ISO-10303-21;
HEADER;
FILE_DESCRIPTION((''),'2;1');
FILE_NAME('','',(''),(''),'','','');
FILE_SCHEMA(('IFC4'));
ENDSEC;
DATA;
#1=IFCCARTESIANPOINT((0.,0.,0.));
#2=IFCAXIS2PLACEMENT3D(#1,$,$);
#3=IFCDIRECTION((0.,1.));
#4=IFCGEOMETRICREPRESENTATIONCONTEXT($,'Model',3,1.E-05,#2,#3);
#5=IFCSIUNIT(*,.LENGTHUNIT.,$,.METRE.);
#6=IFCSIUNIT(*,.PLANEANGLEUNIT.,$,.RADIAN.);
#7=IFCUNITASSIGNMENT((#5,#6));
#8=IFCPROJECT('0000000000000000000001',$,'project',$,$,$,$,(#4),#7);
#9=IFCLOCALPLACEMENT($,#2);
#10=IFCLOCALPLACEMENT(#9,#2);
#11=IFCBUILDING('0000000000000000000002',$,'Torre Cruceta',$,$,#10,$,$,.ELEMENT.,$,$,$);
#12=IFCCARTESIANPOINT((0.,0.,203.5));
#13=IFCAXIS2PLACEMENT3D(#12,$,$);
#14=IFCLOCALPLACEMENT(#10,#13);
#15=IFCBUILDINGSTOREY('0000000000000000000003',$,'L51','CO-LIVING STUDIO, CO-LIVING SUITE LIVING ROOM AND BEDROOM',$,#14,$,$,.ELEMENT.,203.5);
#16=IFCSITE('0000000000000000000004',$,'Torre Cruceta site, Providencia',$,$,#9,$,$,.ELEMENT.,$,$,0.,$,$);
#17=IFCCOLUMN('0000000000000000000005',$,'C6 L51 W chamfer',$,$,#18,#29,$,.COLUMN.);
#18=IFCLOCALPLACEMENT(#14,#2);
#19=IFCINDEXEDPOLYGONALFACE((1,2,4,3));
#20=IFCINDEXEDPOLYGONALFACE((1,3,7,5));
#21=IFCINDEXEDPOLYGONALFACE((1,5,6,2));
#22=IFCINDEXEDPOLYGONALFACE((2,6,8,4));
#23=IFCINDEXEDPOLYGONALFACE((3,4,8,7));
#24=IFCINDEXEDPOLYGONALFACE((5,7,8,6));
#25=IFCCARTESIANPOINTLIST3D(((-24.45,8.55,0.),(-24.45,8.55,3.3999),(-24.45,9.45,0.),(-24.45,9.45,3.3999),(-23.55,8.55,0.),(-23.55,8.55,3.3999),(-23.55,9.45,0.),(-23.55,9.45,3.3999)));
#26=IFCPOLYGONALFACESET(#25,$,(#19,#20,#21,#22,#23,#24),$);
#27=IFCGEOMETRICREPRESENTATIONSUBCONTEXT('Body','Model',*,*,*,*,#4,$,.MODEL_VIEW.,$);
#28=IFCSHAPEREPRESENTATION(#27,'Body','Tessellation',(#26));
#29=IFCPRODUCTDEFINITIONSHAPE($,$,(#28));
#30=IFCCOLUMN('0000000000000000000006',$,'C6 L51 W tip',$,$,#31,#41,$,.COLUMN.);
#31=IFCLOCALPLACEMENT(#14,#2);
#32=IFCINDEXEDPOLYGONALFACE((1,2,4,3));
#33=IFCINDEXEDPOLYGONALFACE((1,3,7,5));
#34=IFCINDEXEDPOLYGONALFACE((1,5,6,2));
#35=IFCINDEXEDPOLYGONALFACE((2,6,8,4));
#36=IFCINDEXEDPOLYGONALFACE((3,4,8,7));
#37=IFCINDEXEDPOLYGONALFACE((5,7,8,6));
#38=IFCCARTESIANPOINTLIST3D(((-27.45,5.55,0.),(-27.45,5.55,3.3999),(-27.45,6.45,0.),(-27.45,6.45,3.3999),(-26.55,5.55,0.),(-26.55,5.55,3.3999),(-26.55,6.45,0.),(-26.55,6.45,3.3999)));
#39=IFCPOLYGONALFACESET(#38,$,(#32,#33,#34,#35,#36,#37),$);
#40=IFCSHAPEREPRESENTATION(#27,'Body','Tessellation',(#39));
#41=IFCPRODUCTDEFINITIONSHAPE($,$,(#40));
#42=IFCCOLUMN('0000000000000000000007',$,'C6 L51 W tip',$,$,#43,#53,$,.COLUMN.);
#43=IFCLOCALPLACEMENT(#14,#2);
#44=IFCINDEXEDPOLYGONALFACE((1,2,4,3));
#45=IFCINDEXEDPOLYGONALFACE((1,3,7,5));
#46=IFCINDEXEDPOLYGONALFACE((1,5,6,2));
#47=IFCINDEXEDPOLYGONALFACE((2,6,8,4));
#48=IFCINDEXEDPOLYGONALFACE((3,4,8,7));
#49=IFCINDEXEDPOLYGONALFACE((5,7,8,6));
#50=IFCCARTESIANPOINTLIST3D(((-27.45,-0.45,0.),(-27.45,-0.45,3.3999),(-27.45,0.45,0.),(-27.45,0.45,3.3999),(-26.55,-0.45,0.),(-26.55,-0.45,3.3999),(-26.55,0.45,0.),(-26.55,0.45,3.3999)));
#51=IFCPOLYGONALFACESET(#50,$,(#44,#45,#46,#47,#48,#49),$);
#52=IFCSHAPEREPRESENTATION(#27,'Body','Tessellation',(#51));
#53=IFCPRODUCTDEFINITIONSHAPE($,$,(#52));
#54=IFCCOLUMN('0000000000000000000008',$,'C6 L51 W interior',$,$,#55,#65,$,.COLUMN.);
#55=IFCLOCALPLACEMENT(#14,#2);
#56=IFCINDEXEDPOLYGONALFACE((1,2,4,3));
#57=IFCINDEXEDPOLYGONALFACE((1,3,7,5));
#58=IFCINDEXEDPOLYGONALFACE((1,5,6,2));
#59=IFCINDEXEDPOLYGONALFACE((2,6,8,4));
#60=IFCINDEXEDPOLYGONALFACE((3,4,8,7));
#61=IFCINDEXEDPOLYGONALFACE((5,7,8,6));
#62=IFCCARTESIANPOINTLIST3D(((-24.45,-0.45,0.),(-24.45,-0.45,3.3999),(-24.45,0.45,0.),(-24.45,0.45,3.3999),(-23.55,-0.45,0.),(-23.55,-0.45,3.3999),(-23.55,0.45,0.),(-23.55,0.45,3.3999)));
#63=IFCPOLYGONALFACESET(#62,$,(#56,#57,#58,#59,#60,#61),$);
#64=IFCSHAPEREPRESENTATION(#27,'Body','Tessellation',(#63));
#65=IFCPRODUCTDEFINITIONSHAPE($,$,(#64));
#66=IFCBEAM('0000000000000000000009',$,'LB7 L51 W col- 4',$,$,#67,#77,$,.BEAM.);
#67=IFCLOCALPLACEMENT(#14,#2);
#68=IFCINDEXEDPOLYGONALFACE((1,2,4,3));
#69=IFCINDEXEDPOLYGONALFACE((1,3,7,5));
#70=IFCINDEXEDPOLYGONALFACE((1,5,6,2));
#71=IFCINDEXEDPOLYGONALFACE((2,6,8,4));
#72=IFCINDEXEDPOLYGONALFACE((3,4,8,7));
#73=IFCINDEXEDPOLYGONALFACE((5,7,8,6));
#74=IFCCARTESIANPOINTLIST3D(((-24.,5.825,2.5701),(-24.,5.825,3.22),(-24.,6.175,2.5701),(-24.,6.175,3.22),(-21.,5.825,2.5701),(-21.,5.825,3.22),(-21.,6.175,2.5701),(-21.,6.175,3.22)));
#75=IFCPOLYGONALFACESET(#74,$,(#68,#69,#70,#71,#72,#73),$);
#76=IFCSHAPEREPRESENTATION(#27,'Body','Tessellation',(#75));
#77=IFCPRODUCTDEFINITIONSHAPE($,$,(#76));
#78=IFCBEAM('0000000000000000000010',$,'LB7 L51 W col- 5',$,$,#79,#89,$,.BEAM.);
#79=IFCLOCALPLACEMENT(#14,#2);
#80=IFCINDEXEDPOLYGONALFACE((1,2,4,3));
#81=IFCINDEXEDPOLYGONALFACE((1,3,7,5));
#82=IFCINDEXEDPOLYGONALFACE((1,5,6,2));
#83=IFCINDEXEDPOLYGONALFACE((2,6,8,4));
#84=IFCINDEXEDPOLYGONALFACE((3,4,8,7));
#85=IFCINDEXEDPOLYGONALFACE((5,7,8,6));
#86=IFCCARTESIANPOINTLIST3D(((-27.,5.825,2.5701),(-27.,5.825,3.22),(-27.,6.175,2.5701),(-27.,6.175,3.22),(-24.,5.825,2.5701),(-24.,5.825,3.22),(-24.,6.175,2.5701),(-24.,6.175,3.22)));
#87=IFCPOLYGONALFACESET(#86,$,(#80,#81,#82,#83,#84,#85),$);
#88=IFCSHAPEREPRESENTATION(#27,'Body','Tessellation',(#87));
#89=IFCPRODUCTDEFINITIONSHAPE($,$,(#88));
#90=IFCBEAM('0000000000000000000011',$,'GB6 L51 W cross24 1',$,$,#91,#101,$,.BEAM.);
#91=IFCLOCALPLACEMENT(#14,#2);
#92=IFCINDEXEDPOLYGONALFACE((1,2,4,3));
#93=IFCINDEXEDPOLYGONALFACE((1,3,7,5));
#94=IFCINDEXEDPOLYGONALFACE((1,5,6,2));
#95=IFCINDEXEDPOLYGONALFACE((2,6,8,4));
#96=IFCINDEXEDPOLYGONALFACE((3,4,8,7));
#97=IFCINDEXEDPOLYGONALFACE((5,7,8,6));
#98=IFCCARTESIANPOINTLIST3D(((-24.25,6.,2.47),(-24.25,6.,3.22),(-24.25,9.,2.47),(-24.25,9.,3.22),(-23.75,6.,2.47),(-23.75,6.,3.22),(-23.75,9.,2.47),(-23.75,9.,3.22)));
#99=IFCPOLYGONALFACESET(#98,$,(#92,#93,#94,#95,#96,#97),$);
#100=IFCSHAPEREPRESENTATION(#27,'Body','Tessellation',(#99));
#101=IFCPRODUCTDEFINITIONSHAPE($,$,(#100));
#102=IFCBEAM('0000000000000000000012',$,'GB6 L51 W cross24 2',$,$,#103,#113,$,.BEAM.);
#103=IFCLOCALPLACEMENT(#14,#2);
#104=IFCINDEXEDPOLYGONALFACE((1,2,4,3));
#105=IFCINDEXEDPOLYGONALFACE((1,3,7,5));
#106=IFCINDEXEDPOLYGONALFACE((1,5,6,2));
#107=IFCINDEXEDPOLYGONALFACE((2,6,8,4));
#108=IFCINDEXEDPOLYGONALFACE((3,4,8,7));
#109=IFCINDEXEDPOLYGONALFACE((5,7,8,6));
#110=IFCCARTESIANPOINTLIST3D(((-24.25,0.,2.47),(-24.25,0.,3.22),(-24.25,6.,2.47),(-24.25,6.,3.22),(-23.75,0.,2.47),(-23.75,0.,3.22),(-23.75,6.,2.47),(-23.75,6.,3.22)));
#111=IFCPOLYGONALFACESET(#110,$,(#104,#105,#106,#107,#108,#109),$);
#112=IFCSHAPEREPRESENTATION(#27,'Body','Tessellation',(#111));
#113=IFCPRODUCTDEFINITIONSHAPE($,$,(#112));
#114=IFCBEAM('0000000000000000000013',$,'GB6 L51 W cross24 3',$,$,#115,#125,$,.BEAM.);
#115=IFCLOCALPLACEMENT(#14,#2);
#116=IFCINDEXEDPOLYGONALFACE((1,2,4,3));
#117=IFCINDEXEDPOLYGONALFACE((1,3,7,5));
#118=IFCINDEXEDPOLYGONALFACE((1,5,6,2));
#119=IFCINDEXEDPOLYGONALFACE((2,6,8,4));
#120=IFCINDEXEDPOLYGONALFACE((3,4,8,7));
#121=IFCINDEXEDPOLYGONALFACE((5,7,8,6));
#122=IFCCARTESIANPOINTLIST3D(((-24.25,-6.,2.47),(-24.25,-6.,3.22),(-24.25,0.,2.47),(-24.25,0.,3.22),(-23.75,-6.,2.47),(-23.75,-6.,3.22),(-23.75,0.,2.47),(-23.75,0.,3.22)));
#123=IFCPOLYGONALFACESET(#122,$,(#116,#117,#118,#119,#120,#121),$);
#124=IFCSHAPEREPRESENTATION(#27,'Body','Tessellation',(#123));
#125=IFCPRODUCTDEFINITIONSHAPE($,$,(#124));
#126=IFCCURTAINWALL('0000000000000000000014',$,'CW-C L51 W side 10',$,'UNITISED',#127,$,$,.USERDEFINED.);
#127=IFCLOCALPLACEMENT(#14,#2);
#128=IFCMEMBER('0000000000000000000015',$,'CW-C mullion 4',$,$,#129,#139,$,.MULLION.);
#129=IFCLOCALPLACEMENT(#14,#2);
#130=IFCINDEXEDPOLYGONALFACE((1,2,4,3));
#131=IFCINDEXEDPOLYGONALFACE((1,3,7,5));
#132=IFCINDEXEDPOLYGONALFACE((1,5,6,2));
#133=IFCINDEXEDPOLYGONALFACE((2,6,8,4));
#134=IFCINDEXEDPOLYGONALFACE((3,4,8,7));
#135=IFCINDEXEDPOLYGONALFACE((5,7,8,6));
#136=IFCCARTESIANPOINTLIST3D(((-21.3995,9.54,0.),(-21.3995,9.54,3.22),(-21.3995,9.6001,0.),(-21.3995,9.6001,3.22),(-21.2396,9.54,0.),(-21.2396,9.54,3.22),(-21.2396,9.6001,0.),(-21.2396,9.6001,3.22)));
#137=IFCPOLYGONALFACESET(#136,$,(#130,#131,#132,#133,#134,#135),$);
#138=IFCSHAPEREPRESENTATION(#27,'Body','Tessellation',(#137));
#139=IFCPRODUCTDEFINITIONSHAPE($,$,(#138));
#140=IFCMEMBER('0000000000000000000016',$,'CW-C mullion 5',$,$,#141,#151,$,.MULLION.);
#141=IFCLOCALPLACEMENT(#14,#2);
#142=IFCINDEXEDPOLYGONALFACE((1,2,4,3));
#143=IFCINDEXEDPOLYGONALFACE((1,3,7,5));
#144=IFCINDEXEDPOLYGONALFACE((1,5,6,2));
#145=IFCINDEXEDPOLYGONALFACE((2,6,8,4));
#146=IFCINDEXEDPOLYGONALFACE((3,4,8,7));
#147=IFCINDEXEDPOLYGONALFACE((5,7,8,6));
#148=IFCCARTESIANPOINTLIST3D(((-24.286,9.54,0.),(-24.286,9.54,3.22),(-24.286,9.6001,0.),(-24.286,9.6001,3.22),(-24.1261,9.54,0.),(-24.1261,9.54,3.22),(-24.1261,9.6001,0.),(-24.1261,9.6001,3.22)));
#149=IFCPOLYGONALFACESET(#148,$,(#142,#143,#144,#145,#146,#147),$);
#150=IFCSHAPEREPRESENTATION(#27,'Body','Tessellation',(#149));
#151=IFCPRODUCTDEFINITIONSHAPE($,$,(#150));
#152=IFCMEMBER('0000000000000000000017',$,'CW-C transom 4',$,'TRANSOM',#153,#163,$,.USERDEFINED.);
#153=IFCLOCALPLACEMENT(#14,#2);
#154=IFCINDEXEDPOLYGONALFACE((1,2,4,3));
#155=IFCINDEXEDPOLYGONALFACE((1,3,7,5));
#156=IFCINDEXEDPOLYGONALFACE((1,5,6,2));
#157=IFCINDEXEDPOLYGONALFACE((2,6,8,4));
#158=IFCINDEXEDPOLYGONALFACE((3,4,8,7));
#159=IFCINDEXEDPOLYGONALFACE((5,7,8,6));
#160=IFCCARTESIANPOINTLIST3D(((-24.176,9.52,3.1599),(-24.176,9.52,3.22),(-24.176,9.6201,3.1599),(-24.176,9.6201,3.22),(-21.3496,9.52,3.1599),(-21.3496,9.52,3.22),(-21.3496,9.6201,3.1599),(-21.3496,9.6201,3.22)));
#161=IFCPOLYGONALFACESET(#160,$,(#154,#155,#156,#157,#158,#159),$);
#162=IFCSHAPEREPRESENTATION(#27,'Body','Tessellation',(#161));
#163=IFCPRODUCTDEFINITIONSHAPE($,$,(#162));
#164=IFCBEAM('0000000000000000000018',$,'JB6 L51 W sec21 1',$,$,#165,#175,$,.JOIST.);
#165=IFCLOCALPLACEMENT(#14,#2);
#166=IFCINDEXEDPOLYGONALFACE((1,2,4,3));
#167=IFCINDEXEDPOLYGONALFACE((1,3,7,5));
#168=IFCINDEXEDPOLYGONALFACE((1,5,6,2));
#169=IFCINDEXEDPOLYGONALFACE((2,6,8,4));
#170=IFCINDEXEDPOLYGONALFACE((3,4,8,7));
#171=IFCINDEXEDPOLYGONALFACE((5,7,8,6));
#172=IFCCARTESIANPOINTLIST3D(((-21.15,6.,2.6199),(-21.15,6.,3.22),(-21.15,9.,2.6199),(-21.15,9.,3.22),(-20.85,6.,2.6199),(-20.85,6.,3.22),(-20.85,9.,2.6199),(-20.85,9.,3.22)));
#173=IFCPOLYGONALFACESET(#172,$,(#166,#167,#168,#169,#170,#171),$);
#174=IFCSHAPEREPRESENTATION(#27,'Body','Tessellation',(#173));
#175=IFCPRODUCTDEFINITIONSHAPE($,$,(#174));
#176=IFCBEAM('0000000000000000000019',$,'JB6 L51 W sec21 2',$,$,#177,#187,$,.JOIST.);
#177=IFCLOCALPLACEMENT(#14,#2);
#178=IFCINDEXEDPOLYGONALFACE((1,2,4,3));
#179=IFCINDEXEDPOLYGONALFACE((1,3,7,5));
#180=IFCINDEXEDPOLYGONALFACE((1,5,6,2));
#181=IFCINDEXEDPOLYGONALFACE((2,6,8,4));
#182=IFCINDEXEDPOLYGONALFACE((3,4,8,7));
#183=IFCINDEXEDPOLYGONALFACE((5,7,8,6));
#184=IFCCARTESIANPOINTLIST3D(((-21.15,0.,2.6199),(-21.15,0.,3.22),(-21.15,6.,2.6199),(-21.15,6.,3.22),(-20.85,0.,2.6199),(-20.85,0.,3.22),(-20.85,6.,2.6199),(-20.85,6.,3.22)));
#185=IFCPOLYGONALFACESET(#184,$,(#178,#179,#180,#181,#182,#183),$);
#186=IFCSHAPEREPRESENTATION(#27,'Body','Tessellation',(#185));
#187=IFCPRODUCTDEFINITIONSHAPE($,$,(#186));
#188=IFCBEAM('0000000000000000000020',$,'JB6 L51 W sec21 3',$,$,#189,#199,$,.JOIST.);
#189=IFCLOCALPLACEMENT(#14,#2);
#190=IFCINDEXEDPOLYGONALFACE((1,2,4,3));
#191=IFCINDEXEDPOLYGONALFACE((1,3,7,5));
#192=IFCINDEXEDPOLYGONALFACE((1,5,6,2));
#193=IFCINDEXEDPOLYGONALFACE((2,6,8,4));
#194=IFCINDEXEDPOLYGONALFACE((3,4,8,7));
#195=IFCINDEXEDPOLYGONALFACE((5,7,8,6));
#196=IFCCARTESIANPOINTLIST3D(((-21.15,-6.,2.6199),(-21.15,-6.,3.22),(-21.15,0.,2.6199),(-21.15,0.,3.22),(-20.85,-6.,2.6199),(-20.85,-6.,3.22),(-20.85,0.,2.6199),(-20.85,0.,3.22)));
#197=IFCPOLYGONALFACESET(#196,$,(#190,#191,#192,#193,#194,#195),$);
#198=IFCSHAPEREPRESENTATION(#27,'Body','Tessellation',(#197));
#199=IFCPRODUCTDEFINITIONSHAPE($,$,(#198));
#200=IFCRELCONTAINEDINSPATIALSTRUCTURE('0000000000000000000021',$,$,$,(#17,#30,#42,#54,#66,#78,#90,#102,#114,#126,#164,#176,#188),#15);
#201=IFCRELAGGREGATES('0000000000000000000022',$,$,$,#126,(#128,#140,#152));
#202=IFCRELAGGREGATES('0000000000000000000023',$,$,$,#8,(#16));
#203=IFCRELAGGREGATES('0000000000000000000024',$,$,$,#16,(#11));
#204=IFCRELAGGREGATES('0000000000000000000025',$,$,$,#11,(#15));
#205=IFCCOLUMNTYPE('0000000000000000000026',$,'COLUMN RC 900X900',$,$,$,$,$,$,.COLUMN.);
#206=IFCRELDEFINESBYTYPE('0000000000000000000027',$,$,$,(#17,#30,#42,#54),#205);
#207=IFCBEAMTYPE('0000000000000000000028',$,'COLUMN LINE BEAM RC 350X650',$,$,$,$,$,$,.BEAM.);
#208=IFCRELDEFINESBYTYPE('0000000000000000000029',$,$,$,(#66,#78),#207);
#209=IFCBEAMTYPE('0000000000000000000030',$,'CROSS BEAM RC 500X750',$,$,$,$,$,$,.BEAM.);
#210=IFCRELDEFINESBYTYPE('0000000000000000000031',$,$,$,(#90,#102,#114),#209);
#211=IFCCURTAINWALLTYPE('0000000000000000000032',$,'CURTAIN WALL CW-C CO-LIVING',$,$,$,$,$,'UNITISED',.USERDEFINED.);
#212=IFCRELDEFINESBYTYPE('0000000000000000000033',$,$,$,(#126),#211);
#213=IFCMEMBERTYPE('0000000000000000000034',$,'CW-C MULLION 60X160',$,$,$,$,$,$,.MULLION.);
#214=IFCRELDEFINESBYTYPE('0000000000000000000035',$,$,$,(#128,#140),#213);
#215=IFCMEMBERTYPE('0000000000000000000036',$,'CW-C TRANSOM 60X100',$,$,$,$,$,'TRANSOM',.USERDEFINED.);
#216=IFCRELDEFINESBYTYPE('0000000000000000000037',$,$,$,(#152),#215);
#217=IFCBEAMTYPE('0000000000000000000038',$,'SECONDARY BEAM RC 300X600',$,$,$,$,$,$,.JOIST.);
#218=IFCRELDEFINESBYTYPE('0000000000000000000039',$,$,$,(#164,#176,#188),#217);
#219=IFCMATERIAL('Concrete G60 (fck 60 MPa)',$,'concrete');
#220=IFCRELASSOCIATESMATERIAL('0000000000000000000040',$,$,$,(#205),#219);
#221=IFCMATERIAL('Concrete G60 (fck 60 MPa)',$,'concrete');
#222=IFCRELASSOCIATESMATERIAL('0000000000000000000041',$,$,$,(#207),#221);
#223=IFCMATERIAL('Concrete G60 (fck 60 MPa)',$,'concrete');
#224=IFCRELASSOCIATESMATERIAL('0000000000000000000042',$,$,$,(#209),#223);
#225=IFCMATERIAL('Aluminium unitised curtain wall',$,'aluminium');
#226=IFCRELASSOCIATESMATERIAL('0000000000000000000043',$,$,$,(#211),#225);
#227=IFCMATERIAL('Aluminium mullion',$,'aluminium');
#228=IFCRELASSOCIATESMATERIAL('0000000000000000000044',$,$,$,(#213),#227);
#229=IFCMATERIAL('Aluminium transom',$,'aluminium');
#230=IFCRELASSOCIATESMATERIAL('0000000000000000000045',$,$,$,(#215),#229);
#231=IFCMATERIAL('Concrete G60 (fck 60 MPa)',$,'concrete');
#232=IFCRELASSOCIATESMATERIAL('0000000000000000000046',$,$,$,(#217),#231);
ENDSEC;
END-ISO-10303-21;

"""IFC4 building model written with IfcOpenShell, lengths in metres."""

from ifc_helpers import new_model, si_unit, direction, frame, origin, origin_2d, place, context, subcontext, project, spatial, rectangle, extrude, material, material_profile, profile_set, type_object, element, aggregate, save


model = new_model("IFC4")

# Units and contexts
model_context = context("Model", 3, precision=1e-05, world=origin(), true_north=direction((0.0, 1.0)))
body_context = subcontext(model_context, "Body", "Model", "MODEL_VIEW")
ifc_project = project(units=[si_unit("LENGTHUNIT", "METRE"), si_unit("PLANEANGLEUNIT", "RADIAN")], contexts=[model_context])

# Site, building, storey
site_placement = place(None, origin())
site = spatial("IfcSite", under=ifc_project, at=site_placement, Name="Torre Cruceta site, Providencia", CompositionType="ELEMENT", RefElevation=0.0)
building_placement = place(site_placement, origin())
building = spatial("IfcBuilding", under=site, at=building_placement, Name="Torre Cruceta", CompositionType="ELEMENT")
storey_placement = place(building_placement, frame((0.0, 0.0, 203.5)))
storey = spatial("IfcBuildingStorey", under=building, at=storey_placement, Name="L51", Description="CO-LIVING STUDIO, CO-LIVING SUITE LIVING ROOM AND BEDROOM", CompositionType="ELEMENT", Elevation=203.5)

# Columns
ifc_material_1 = material(Name="Concrete G60 (fck 60 MPa)", Category="concrete")
ifc_material_profile_1 = material_profile(ifc_material_1, rectangle(XDim=0.8999, YDim=0.8999, at=origin_2d()), Name="RC 900X900")
ifc_profile_set_1 = profile_set([ifc_material_profile_1], Name="Concrete G60 (fck 60 MPa)")
column_type = type_object("IfcColumnType", Name="COLUMN RC 900X900", PredefinedType="COLUMN", material=ifc_profile_set_1)
for number, where, z_axis, x_axis, name in (
    (1, (-24.0, 9.0, 0.0), (0.0, 0.0, 1.0), (1.0, 0.0, 0.0), "C6 L51 W chamfer"),
    (2, (-27.0, 6.0, 0.0), (0.0, 0.0, 1.0), (1.0, 0.0, 0.0), "C6 L51 W tip"),
    (3, (-27.0, 0.0, 0.0), (0.0, 0.0, 1.0), (1.0, 0.0, 0.0), "C6 L51 W tip"),
    (4, (-24.0, 0.0, 0.0), (0.0, 0.0, 1.0), (1.0, 0.0, 0.0), "C6 L51 W interior"),
):
    element("IfcColumn", number, at=place(storey_placement, frame(where, z_axis=z_axis, x_axis=x_axis)), inside=storey, type_object=column_type, Name=name, PredefinedType="COLUMN", context=body_context, shape_type="SweptSolid", body=[
        extrude(rectangle(XDim=0.8999, YDim=0.8999, at=origin_2d()), origin(), (0.0, 0.0, 1.0), 3.3999),
    ])

# Beams
ifc_material_2 = material(Name="Concrete G60 (fck 60 MPa)", Category="concrete")
ifc_material_profile_2 = material_profile(ifc_material_2, rectangle(XDim=0.3501, YDim=0.6499, at=origin_2d()), Name="RC 350X650")
ifc_profile_set_2 = profile_set([ifc_material_profile_2], Name="Concrete G60 (fck 60 MPa)")
beam_type_1 = type_object("IfcBeamType", Name="COLUMN LINE BEAM RC 350X650", PredefinedType="BEAM", material=ifc_profile_set_2)
for number, where, z_axis, x_axis, name in (
    (5, (-21.0, 6.0, 2.895), (-1.0, 0.0, 0.0), (0.0, -1.0, 0.0), "LB7 L51 W col- 4"),
    (6, (-24.0, 6.0, 2.895), (-1.0, 0.0, 0.0), (0.0, -1.0, 0.0), "LB7 L51 W col- 5"),
):
    element("IfcBeam", number, at=place(storey_placement, frame(where, z_axis=z_axis, x_axis=x_axis)), inside=storey, type_object=beam_type_1, Name=name, PredefinedType="BEAM", context=body_context, shape_type="SweptSolid", body=[
        extrude(rectangle(XDim=0.3501, YDim=0.6499, at=origin_2d()), origin(), (0.0, 0.0, 1.0), 3.0),
    ])
ifc_material_3 = material(Name="Concrete G60 (fck 60 MPa)", Category="concrete")
ifc_material_profile_3 = material_profile(ifc_material_3, rectangle(XDim=0.5, YDim=0.75, at=origin_2d()), Name="RC 500X750")
ifc_profile_set_3 = profile_set([ifc_material_profile_3], Name="Concrete G60 (fck 60 MPa)")
beam_type_2 = type_object("IfcBeamType", Name="CROSS BEAM RC 500X750", PredefinedType="BEAM", material=ifc_profile_set_3)
beam_1_placement = place(storey_placement, frame((-24.0, 9.0, 2.845), z_axis=(0.0, -1.0, 0.0), x_axis=(1.0, 0.0, 0.0)))
element("IfcBeam", 7, at=beam_1_placement, inside=storey, type_object=beam_type_2, Name="GB6 L51 W cross24 1", PredefinedType="BEAM", context=body_context, shape_type="SweptSolid", body=[
    extrude(rectangle(XDim=0.5, YDim=0.75, at=origin_2d()), origin(), (0.0, 0.0, 1.0), 3.0),
])
for number, where, z_axis, x_axis, name in (
    (8, (-24.0, 6.0, 2.845), (0.0, -1.0, 0.0), (1.0, 0.0, 0.0), "GB6 L51 W cross24 2"),
    (9, (-24.0, 0.0, 2.845), (0.0, -1.0, 0.0), (1.0, 0.0, 0.0), "GB6 L51 W cross24 3"),
):
    element("IfcBeam", number, at=place(storey_placement, frame(where, z_axis=z_axis, x_axis=x_axis)), inside=storey, type_object=beam_type_2, Name=name, PredefinedType="BEAM", context=body_context, shape_type="SweptSolid", body=[
        extrude(rectangle(XDim=0.5, YDim=0.75, at=origin_2d()), origin(), (0.0, 0.0, 1.0), 6.0),
    ])

# Curtain wall, members
ifc_material_4 = material(Name="Aluminium unitised curtain wall", Category="aluminium")
curtain_wall_type = type_object("IfcCurtainWallType", Name="CURTAIN WALL CW-C CO-LIVING", ElementType="UNITISED", PredefinedType="USERDEFINED", material=ifc_material_4)
curtain_wall_placement = place(storey_placement, origin())
curtain_wall = element("IfcCurtainWall", 10, at=curtain_wall_placement, inside=storey, type_object=curtain_wall_type, Name="CW-C L51 W side 10", ObjectType="UNITISED", PredefinedType="USERDEFINED")
ifc_material_5 = material(Name="Aluminium mullion", Category="aluminium")
ifc_material_profile_4 = material_profile(ifc_material_5, rectangle(XDim=0.0601, YDim=0.1599, at=origin_2d()), Name="AL 60X160")
ifc_profile_set_4 = profile_set([ifc_material_profile_4], Name="Aluminium mullion")
member_type_1 = type_object("IfcMemberType", Name="CW-C MULLION 60X160", PredefinedType="MULLION", material=ifc_profile_set_4)
member_1_placement = place(storey_placement, frame((-21.3196, 9.5701, 0.0), z_axis=(0.0, 0.0, 1.0), x_axis=(0.0, -1.0, 0.0)))
member_1 = element("IfcMember", 11, at=member_1_placement, type_object=member_type_1, Name="CW-C mullion 4", PredefinedType="MULLION", context=body_context, shape_type="SweptSolid", body=[
    extrude(rectangle(XDim=0.0601, YDim=0.1599, at=origin_2d()), origin(), (0.0, 0.0, 1.0), 3.22),
])
member_2_placement = place(storey_placement, frame((-24.2061, 9.5701, 0.0), z_axis=(0.0, 0.0, 1.0), x_axis=(0.0, -1.0, 0.0)))
member_2 = element("IfcMember", 12, at=member_2_placement, type_object=member_type_1, Name="CW-C mullion 5", PredefinedType="MULLION", context=body_context, shape_type="SweptSolid", body=[
    extrude(rectangle(XDim=0.0601, YDim=0.1599, at=origin_2d()), origin(), (0.0, 0.0, 1.0), 3.22),
])
ifc_material_6 = material(Name="Aluminium transom", Category="aluminium")
ifc_material_profile_5 = material_profile(ifc_material_6, rectangle(XDim=0.1001, YDim=0.0601, at=origin_2d()), Name="AL 100X60")
ifc_profile_set_5 = profile_set([ifc_material_profile_5], Name="Aluminium transom")
member_type_2 = type_object("IfcMemberType", Name="CW-C TRANSOM 60X100", ElementType="TRANSOM", PredefinedType="USERDEFINED", material=ifc_profile_set_5)
member_3_placement = place(storey_placement, frame((-21.3496, 9.5701, 3.1899), z_axis=(-1.0, 0.0, 0.0), x_axis=(0.0, -1.0, 0.0)))
member_3 = element("IfcMember", 13, at=member_3_placement, type_object=member_type_2, Name="CW-C transom 4", ObjectType="TRANSOM", PredefinedType="USERDEFINED", context=body_context, shape_type="SweptSolid", body=[
    extrude(rectangle(XDim=0.1001, YDim=0.0601, at=origin_2d()), origin(), (0.0, 0.0, 1.0), 2.8264),
])

# Beams
ifc_material_7 = material(Name="Concrete G60 (fck 60 MPa)", Category="concrete")
ifc_material_profile_6 = material_profile(ifc_material_7, rectangle(XDim=0.3, YDim=0.6001, at=origin_2d()), Name="RC 300X600")
ifc_profile_set_6 = profile_set([ifc_material_profile_6], Name="Concrete G60 (fck 60 MPa)")
beam_type_3 = type_object("IfcBeamType", Name="SECONDARY BEAM RC 300X600", PredefinedType="JOIST", material=ifc_profile_set_6)
beam_2_placement = place(storey_placement, frame((-21.0, 9.0, 2.9199), z_axis=(0.0, -1.0, 0.0), x_axis=(1.0, 0.0, 0.0)))
element("IfcBeam", 14, at=beam_2_placement, inside=storey, type_object=beam_type_3, Name="JB6 L51 W sec21 1", PredefinedType="JOIST", context=body_context, shape_type="SweptSolid", body=[
    extrude(rectangle(XDim=0.3, YDim=0.6001, at=origin_2d()), origin(), (0.0, 0.0, 1.0), 3.0),
])
for number, where, z_axis, x_axis, name in (
    (15, (-21.0, 6.0, 2.9199), (0.0, -1.0, 0.0), (1.0, 0.0, 0.0), "JB6 L51 W sec21 2"),
    (16, (-21.0, 0.0, 2.9199), (0.0, -1.0, 0.0), (1.0, 0.0, 0.0), "JB6 L51 W sec21 3"),
):
    element("IfcBeam", number, at=place(storey_placement, frame(where, z_axis=z_axis, x_axis=x_axis)), inside=storey, type_object=beam_type_3, Name=name, PredefinedType="JOIST", context=body_context, shape_type="SweptSolid", body=[
        extrude(rectangle(XDim=0.3, YDim=0.6001, at=origin_2d()), origin(), (0.0, 0.0, 1.0), 6.0),
    ])

aggregate(curtain_wall, [member_1, member_2, member_3])

save(model, "model.ifc")
